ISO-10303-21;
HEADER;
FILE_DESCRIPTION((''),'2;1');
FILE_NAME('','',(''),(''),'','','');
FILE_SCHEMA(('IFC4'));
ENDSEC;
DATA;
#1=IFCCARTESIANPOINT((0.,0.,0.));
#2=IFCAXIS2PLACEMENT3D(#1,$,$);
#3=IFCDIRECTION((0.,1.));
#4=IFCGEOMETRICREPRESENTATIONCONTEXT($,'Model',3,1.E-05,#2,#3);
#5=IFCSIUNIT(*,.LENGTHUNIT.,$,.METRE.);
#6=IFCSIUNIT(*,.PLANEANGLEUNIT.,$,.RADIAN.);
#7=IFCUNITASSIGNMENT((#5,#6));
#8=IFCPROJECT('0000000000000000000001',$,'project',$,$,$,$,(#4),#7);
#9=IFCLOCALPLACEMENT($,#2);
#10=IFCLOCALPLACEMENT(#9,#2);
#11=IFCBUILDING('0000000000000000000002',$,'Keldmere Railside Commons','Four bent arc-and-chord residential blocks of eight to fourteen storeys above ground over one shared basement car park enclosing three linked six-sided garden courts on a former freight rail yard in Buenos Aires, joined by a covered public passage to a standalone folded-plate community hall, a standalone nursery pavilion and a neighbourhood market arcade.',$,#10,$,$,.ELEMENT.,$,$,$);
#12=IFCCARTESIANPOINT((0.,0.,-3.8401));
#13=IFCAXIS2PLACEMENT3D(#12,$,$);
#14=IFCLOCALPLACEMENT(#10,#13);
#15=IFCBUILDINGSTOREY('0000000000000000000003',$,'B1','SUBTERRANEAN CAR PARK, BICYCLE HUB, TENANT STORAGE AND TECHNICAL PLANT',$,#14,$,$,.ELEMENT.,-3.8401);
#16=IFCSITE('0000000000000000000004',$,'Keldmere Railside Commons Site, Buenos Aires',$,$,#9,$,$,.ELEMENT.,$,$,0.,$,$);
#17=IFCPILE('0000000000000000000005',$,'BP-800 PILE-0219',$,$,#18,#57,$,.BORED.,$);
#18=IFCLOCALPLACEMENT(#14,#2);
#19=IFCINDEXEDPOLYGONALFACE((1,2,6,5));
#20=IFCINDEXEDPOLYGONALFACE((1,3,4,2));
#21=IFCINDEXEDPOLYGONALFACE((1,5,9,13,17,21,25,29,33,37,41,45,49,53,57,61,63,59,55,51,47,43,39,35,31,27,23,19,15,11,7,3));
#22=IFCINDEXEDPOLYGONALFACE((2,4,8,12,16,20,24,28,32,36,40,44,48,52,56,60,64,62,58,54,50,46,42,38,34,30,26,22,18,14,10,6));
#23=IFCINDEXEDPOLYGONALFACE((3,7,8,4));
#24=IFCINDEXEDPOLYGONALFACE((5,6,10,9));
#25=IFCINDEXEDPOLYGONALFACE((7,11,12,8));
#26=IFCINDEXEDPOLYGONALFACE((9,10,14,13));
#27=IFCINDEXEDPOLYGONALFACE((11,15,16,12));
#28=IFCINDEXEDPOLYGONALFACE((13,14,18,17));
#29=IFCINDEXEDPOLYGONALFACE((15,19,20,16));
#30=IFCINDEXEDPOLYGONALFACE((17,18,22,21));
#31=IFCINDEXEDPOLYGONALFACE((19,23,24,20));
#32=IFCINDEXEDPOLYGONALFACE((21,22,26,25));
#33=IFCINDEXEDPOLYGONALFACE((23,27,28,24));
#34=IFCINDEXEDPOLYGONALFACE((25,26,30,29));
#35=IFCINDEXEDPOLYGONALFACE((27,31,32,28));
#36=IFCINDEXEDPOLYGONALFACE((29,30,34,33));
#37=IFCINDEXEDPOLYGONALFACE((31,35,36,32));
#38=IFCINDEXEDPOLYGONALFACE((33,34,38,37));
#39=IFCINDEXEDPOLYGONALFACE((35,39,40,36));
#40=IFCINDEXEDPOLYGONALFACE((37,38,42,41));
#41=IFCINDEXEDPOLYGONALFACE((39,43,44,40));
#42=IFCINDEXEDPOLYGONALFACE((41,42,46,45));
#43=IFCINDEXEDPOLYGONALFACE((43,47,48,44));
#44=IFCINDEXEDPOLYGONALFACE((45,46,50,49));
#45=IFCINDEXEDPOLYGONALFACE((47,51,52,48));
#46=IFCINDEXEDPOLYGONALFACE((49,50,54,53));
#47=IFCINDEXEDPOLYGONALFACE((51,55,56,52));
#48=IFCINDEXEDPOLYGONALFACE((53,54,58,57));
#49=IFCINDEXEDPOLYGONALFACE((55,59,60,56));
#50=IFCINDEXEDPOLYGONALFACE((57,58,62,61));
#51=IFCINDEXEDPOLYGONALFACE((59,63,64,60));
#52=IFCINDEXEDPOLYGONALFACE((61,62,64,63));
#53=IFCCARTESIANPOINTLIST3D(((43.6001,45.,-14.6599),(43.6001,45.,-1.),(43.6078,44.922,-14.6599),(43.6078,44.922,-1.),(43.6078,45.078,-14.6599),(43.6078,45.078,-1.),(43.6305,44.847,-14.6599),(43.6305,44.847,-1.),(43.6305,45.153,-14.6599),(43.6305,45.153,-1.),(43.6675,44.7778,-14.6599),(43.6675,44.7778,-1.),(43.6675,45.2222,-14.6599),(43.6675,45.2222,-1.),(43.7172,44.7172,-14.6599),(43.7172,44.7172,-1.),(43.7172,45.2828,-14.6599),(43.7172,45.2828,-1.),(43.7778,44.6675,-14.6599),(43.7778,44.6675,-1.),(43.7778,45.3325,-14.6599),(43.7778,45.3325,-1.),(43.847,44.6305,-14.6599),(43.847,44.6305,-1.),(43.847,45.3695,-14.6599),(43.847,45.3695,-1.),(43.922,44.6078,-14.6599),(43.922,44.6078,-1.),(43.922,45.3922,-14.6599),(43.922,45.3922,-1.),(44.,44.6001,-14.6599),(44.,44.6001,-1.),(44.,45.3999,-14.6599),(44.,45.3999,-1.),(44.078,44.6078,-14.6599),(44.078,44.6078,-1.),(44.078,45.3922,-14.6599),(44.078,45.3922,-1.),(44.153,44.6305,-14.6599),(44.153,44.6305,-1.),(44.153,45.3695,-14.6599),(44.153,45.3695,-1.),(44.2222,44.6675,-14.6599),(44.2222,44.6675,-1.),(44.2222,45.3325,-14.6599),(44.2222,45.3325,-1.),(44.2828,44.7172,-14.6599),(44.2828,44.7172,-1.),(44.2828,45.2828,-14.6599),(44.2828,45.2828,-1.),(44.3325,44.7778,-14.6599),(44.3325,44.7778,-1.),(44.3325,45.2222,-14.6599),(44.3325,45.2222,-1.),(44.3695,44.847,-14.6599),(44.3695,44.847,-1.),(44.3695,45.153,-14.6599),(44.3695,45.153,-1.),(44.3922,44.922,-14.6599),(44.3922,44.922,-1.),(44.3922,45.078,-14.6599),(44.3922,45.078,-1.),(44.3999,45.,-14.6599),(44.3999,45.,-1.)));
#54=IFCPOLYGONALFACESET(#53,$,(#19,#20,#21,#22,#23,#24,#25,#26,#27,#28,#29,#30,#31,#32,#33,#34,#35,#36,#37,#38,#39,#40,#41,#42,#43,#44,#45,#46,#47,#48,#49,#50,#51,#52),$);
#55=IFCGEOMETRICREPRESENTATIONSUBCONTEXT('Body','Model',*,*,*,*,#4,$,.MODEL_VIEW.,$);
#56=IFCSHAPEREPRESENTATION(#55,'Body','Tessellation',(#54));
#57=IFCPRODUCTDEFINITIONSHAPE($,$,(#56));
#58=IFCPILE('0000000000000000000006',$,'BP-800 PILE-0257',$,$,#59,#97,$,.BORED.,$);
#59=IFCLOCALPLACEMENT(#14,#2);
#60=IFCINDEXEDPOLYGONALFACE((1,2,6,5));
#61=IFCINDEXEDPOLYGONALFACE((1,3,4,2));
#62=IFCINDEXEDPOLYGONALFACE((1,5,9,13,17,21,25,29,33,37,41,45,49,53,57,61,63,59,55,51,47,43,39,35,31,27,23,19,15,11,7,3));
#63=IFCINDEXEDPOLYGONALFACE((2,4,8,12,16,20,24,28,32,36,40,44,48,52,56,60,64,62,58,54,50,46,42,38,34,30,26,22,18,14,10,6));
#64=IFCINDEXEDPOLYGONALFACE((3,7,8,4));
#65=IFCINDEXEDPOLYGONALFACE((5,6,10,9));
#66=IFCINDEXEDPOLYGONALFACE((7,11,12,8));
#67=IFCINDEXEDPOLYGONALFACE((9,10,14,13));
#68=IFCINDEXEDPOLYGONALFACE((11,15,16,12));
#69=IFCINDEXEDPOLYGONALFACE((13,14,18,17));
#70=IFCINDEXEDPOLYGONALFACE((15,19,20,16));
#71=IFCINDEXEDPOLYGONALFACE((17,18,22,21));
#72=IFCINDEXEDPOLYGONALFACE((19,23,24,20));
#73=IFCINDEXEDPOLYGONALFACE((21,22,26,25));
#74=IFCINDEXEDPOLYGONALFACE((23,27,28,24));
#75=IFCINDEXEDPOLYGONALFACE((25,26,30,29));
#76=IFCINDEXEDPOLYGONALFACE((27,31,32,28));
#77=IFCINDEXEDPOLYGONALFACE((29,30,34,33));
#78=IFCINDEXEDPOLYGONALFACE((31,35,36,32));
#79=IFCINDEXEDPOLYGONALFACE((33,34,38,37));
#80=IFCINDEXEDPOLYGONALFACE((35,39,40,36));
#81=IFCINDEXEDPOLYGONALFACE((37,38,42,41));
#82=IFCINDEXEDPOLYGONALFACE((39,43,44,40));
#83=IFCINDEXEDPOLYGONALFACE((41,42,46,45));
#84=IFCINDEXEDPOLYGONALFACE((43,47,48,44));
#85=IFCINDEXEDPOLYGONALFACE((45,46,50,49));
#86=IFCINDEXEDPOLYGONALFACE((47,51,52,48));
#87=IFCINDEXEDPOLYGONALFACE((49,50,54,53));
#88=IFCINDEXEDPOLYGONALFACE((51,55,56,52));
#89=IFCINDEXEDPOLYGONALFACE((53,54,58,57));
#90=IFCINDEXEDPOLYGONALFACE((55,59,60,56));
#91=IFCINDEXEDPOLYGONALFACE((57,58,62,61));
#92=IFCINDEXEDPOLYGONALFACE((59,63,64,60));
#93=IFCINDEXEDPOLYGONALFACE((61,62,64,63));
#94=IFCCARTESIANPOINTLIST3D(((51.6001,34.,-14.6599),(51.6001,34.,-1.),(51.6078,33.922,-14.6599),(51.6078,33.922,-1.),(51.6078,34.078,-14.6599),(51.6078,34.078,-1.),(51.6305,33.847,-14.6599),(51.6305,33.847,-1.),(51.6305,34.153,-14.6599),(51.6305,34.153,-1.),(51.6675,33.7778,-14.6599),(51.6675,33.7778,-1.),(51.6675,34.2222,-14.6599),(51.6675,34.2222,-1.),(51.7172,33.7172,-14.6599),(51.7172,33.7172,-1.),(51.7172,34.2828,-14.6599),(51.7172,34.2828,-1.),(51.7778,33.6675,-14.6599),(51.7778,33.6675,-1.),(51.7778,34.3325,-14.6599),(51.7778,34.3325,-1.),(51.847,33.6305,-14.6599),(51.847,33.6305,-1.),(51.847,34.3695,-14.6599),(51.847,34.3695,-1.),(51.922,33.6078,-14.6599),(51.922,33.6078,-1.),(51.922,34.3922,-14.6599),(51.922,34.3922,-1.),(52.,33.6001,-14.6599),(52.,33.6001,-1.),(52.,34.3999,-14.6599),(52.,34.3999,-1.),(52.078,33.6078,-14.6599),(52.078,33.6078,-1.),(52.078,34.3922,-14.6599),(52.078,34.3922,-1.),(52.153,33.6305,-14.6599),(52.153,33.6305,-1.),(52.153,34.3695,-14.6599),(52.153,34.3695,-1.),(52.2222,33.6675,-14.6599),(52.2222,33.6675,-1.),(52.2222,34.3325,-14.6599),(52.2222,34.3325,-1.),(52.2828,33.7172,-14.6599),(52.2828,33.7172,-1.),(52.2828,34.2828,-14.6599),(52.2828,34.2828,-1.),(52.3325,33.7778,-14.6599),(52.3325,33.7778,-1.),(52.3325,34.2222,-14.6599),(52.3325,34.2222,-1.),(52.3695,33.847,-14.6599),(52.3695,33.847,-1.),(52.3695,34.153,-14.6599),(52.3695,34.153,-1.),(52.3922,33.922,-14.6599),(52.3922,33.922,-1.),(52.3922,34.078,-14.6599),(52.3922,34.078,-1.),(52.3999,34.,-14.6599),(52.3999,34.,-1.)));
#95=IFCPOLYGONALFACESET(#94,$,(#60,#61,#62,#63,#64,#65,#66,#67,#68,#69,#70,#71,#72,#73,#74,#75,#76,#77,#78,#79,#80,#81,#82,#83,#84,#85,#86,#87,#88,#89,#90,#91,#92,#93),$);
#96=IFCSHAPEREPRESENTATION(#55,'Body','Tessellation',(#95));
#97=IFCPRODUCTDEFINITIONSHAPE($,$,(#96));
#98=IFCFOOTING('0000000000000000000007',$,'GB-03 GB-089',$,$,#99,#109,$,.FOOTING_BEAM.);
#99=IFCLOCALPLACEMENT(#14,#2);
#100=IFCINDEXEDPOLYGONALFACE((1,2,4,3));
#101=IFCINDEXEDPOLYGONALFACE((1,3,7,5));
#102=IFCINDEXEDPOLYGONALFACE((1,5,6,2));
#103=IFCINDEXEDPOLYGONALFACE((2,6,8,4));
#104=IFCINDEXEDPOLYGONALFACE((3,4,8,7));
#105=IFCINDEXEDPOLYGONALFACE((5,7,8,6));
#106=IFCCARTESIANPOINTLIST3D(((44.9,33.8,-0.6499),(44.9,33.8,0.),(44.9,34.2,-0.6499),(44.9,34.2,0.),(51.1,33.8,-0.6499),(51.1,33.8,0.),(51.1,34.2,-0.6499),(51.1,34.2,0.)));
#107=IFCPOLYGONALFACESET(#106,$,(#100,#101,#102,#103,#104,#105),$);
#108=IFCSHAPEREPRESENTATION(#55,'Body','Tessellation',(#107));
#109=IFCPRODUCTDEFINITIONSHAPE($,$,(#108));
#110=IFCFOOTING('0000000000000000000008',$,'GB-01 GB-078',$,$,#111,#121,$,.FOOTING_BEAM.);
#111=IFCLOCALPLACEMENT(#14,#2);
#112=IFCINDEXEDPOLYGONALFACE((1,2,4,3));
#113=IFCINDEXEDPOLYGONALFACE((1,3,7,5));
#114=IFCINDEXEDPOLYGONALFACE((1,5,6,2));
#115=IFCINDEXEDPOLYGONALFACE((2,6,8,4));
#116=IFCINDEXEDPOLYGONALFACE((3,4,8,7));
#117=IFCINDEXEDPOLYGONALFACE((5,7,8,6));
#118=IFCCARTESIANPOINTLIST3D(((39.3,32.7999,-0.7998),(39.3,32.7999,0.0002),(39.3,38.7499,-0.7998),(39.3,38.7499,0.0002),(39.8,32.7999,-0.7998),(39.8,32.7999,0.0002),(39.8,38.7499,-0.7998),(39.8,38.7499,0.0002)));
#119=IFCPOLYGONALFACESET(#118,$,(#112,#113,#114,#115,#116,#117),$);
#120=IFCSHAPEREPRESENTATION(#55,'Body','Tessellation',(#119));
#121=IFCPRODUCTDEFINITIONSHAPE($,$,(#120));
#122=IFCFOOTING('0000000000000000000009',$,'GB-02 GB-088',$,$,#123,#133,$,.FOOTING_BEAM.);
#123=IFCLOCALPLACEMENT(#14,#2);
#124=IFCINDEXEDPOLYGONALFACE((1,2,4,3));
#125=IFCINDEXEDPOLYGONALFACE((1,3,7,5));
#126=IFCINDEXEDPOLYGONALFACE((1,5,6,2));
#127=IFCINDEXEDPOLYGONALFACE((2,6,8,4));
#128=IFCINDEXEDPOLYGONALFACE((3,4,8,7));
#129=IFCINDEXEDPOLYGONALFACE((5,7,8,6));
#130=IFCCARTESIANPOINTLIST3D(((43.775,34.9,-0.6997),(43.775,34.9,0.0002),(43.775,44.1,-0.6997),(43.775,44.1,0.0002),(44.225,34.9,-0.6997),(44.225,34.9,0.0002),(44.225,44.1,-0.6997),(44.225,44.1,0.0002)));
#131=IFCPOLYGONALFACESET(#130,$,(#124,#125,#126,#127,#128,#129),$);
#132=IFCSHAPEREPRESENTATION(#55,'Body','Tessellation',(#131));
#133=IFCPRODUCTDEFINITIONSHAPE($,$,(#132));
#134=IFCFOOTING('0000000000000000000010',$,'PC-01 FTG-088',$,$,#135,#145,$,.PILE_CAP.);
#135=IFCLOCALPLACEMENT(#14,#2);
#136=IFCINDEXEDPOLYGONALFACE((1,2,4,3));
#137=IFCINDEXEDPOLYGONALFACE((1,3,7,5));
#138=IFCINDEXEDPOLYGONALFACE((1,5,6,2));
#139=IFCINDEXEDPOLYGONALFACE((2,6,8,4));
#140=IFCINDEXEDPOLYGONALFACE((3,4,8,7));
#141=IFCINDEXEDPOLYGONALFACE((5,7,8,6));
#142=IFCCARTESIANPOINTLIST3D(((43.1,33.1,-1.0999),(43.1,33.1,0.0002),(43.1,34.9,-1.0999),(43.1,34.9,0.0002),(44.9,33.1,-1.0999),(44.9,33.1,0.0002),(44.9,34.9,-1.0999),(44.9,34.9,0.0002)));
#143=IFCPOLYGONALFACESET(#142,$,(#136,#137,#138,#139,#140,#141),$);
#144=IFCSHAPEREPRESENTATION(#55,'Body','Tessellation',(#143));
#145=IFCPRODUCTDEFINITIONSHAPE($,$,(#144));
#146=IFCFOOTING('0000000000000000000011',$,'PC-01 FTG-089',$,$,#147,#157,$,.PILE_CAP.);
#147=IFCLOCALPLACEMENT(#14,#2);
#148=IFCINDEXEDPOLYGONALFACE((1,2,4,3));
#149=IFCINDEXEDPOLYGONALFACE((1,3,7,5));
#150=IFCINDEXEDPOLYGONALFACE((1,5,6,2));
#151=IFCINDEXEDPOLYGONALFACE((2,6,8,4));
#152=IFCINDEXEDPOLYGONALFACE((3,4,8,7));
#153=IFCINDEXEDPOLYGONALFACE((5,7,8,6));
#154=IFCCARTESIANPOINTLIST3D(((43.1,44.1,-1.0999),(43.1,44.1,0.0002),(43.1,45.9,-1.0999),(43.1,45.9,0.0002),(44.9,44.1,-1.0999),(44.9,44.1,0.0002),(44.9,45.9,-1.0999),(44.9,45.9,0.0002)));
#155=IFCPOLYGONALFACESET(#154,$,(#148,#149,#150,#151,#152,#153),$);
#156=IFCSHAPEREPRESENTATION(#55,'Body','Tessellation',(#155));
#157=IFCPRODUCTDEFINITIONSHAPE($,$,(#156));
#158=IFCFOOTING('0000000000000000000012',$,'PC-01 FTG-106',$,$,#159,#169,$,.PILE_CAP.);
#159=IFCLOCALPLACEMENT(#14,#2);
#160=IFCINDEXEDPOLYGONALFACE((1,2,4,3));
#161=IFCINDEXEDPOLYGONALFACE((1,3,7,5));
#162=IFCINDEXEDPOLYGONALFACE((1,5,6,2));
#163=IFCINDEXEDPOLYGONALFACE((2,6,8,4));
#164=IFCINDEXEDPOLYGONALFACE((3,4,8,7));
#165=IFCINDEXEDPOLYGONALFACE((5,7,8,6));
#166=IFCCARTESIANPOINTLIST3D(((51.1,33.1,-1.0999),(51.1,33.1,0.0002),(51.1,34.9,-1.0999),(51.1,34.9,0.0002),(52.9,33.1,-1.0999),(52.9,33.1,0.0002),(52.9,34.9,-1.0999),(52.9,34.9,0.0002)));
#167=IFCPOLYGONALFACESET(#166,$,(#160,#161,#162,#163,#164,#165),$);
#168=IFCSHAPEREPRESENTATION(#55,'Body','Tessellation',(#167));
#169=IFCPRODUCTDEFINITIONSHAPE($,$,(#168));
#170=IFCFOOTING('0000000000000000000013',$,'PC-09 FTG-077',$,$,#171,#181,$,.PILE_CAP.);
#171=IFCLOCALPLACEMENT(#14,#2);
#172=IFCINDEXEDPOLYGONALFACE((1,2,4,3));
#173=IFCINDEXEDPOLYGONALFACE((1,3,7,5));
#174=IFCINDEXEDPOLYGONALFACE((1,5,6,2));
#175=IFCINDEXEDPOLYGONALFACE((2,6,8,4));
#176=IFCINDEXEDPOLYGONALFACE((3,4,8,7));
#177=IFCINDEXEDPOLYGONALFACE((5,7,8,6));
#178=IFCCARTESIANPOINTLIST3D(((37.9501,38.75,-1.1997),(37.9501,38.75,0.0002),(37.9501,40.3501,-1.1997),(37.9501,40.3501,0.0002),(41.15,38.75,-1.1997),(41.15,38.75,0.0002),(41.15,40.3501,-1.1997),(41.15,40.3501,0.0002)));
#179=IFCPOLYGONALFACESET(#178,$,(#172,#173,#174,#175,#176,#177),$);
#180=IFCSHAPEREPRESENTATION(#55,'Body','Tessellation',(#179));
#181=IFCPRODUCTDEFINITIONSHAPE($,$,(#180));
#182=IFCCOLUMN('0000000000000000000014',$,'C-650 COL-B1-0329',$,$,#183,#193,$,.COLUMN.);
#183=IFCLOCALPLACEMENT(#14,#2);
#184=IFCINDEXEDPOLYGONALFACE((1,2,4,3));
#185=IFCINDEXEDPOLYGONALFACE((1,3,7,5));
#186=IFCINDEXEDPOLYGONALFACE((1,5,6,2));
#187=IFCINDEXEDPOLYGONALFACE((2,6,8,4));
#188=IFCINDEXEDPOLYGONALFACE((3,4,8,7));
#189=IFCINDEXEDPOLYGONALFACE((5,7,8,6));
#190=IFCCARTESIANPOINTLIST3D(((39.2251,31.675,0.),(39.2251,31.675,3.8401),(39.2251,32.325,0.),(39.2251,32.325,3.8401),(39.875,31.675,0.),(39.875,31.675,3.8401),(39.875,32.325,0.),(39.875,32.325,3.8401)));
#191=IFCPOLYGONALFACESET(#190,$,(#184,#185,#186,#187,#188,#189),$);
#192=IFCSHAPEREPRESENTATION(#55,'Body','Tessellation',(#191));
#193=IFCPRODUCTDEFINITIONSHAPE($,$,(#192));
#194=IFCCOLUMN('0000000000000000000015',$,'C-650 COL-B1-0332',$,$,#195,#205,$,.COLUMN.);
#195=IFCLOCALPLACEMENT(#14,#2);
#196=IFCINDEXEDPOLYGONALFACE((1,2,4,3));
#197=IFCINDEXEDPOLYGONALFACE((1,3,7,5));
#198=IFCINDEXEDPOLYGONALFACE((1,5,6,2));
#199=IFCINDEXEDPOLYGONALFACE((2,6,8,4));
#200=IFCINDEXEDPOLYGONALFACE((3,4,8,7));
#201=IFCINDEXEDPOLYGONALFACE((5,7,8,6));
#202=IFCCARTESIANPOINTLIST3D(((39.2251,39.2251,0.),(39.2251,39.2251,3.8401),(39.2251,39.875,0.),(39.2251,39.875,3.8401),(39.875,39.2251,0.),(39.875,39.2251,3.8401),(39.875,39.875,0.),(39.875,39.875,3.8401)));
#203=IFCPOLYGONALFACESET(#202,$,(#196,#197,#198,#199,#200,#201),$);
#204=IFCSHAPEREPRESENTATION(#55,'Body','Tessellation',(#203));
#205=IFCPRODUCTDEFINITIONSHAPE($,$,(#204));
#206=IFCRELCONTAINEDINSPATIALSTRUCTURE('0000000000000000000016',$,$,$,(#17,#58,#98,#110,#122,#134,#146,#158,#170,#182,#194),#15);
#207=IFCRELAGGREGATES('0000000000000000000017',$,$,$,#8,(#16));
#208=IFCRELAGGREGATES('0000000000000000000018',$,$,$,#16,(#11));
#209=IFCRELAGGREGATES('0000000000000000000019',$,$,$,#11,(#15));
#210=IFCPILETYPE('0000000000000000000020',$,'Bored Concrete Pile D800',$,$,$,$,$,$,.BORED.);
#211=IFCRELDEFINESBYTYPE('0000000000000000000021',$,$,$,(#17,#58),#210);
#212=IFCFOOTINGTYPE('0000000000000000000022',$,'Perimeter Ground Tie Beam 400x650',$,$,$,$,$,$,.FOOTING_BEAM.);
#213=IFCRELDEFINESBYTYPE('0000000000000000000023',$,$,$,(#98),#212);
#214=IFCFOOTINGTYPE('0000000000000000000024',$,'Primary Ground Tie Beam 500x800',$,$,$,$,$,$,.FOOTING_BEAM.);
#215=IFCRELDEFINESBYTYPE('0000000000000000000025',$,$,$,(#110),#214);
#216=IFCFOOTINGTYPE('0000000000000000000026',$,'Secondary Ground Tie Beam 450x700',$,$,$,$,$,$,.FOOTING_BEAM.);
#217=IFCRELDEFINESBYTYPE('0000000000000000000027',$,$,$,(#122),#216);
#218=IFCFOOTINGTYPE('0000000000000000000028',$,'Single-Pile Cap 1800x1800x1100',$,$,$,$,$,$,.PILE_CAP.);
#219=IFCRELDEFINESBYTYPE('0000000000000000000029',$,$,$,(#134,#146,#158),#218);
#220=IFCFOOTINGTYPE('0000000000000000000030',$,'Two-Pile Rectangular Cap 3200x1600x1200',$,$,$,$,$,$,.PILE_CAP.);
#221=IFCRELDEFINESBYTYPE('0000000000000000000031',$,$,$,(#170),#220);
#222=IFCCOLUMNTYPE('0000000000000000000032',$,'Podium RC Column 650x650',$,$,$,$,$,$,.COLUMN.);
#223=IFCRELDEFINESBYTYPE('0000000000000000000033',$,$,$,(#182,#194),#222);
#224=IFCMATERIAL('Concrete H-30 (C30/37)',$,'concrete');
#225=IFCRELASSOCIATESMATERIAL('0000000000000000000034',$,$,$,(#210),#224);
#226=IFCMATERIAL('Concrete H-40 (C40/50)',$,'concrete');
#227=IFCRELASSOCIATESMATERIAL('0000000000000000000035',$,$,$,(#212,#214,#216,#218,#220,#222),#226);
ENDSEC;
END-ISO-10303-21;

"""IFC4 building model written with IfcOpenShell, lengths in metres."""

from ifc_helpers import new_model, si_unit, direction, frame, origin, origin_2d, place, context, subcontext, project, spatial, rectangle, circle, extrude, material, material_profile, profile_set, type_object, element, save


model = new_model("IFC4")

# Units and contexts
model_context = context("Model", 3, precision=1e-05, world=origin(), true_north=direction((0.0, 1.0)))
body_context = subcontext(model_context, "Body", "Model", "MODEL_VIEW")
ifc_project = project(units=[si_unit("LENGTHUNIT", "METRE"), si_unit("PLANEANGLEUNIT", "RADIAN")], contexts=[model_context])

# Site, building, storey
site_placement = place(None, origin())
site = spatial("IfcSite", under=ifc_project, at=site_placement, Name="Keldmere Railside Commons Site, Buenos Aires", CompositionType="ELEMENT", RefElevation=0.0)
building_placement = place(site_placement, origin())
building = spatial("IfcBuilding", under=site, at=building_placement, Name="Keldmere Railside Commons", Description="Four bent arc-and-chord residential blocks of eight to fourteen storeys above ground over one shared basement car park enclosing three linked six-sided garden courts on a former freight rail yard in Buenos Aires, joined by a covered public passage to a standalone folded-plate community hall, a standalone nursery pavilion and a neighbourhood market arcade.", CompositionType="ELEMENT")
storey_placement = place(building_placement, frame((0.0, 0.0, -3.8401)))
storey = spatial("IfcBuildingStorey", under=building, at=storey_placement, Name="B1", Description="SUBTERRANEAN CAR PARK, BICYCLE HUB, TENANT STORAGE AND TECHNICAL PLANT", CompositionType="ELEMENT", Elevation=-3.8401)

# Piles
ifc_material_1 = material(Name="Concrete H-30 (C30/37)", Category="concrete")
ifc_material_profile_1 = material_profile(ifc_material_1, circle(Radius=0.3999, at=origin_2d()), Name="PILE-D800")
ifc_profile_set_1 = profile_set([ifc_material_profile_1], Name="Concrete H-30 (C30/37)")
pile_type = type_object("IfcPileType", Name="Bored Concrete Pile D800", PredefinedType="BORED", material=ifc_profile_set_1)
for number, where, z_axis, x_axis, name in (
    (1, (44.0, 45.0, -1.0), (0.0, 0.0, -1.0), (1.0, 0.0, 0.0), "BP-800 PILE-0219"),
    (2, (52.0, 34.0, -1.0), (0.0, 0.0, -1.0), (1.0, 0.0, 0.0), "BP-800 PILE-0257"),
):
    element("IfcPile", number, at=place(storey_placement, frame(where, z_axis=z_axis, x_axis=x_axis)), inside=storey, type_object=pile_type, Name=name, PredefinedType="BORED", context=body_context, shape_type="SweptSolid", body=[
        extrude(circle(Radius=0.3999, at=origin_2d()), origin(), (0.0, 0.0, 1.0), 13.6599),
    ])

# Footings
ifc_material_2 = material(Name="Concrete H-40 (C40/50)", Category="concrete")
footing_type_1 = type_object("IfcFootingType", Name="Perimeter Ground Tie Beam 400x650", PredefinedType="FOOTING_BEAM", material=ifc_material_2)
footing_1_placement = place(storey_placement, frame((48.0, 34.0, -0.6499), z_axis=(0.0, 0.0, 1.0), x_axis=(1.0, 0.0, 0.0)))
element("IfcFooting", 3, at=footing_1_placement, inside=storey, type_object=footing_type_1, Name="GB-03 GB-089", PredefinedType="FOOTING_BEAM", context=body_context, shape_type="SweptSolid", body=[
    extrude(rectangle(XDim=6.2, YDim=0.3999, at=origin_2d()), origin(), (0.0, 0.0, 1.0), 0.6499),
])
footing_type_2 = type_object("IfcFootingType", Name="Primary Ground Tie Beam 500x800", PredefinedType="FOOTING_BEAM", material=ifc_material_2)
footing_2_placement = place(storey_placement, frame((39.55, 35.7749, -0.7998), z_axis=(0.0, 0.0, 1.0), x_axis=(0.0, 1.0, 0.0)))
element("IfcFooting", 4, at=footing_2_placement, inside=storey, type_object=footing_type_2, Name="GB-01 GB-078", PredefinedType="FOOTING_BEAM", context=body_context, shape_type="SweptSolid", body=[
    extrude(rectangle(XDim=5.95, YDim=0.5, at=origin_2d()), origin(), (0.0, 0.0, 1.0), 0.8),
])
footing_type_3 = type_object("IfcFootingType", Name="Secondary Ground Tie Beam 450x700", PredefinedType="FOOTING_BEAM", material=ifc_material_2)
footing_3_placement = place(storey_placement, frame((44.0, 39.5, -0.6997), z_axis=(0.0, 0.0, 1.0), x_axis=(0.0, 1.0, 0.0)))
element("IfcFooting", 5, at=footing_3_placement, inside=storey, type_object=footing_type_3, Name="GB-02 GB-088", PredefinedType="FOOTING_BEAM", context=body_context, shape_type="SweptSolid", body=[
    extrude(rectangle(XDim=9.2, YDim=0.45, at=origin_2d()), origin(), (0.0, 0.0, 1.0), 0.7),
])
footing_type_4 = type_object("IfcFootingType", Name="Single-Pile Cap 1800x1800x1100", PredefinedType="PILE_CAP", material=ifc_material_2)
for number, where, z_axis, x_axis, name in (
    (6, (44.0, 34.0, -1.0999), (0.0, 0.0, 1.0), (1.0, 0.0, 0.0), "PC-01 FTG-088"),
    (7, (44.0, 45.0, -1.0999), (0.0, 0.0, 1.0), (1.0, 0.0, 0.0), "PC-01 FTG-089"),
    (8, (52.0, 34.0, -1.0999), (0.0, 0.0, 1.0), (1.0, 0.0, 0.0), "PC-01 FTG-106"),
):
    element("IfcFooting", number, at=place(storey_placement, frame(where, z_axis=z_axis, x_axis=x_axis)), inside=storey, type_object=footing_type_4, Name=name, PredefinedType="PILE_CAP", context=body_context, shape_type="SweptSolid", body=[
        extrude(rectangle(XDim=1.8, YDim=1.8, at=origin_2d()), origin(), (0.0, 0.0, 1.0), 1.1001),
    ])
footing_type_5 = type_object("IfcFootingType", Name="Two-Pile Rectangular Cap 3200x1600x1200", PredefinedType="PILE_CAP", material=ifc_material_2)
footing_4_placement = place(storey_placement, frame((39.55, 39.55, -1.1997), z_axis=(0.0, 0.0, 1.0), x_axis=(1.0, 0.0, 0.0)))
element("IfcFooting", 9, at=footing_4_placement, inside=storey, type_object=footing_type_5, Name="PC-09 FTG-077", PredefinedType="PILE_CAP", context=body_context, shape_type="SweptSolid", body=[
    extrude(rectangle(XDim=3.2, YDim=1.6001, at=origin_2d()), origin(), (0.0, 0.0, 1.0), 1.2),
])

# Columns
ifc_material_profile_2 = material_profile(ifc_material_2, rectangle(XDim=0.6499, YDim=0.6499, at=origin_2d()), Name="RC-650x650")
ifc_profile_set_2 = profile_set([ifc_material_profile_2], Name="Concrete H-40 (C40/50)")
column_type = type_object("IfcColumnType", Name="Podium RC Column 650x650", PredefinedType="COLUMN", material=ifc_profile_set_2)
for number, where, z_axis, x_axis, name in (
    (10, (39.55, 32.0, 0.0), (0.0, 0.0, 1.0), (1.0, 0.0, 0.0), "C-650 COL-B1-0329"),
    (11, (39.55, 39.55, 0.0), (0.0, 0.0, 1.0), (1.0, 0.0, 0.0), "C-650 COL-B1-0332"),
):
    element("IfcColumn", number, at=place(storey_placement, frame(where, z_axis=z_axis, x_axis=x_axis)), inside=storey, type_object=column_type, Name=name, PredefinedType="COLUMN", context=body_context, shape_type="SweptSolid", body=[
        extrude(rectangle(XDim=0.6499, YDim=0.6499, at=origin_2d()), origin(), (0.0, 0.0, 1.0), 3.8401),
    ])

save(model, "model.ifc")
